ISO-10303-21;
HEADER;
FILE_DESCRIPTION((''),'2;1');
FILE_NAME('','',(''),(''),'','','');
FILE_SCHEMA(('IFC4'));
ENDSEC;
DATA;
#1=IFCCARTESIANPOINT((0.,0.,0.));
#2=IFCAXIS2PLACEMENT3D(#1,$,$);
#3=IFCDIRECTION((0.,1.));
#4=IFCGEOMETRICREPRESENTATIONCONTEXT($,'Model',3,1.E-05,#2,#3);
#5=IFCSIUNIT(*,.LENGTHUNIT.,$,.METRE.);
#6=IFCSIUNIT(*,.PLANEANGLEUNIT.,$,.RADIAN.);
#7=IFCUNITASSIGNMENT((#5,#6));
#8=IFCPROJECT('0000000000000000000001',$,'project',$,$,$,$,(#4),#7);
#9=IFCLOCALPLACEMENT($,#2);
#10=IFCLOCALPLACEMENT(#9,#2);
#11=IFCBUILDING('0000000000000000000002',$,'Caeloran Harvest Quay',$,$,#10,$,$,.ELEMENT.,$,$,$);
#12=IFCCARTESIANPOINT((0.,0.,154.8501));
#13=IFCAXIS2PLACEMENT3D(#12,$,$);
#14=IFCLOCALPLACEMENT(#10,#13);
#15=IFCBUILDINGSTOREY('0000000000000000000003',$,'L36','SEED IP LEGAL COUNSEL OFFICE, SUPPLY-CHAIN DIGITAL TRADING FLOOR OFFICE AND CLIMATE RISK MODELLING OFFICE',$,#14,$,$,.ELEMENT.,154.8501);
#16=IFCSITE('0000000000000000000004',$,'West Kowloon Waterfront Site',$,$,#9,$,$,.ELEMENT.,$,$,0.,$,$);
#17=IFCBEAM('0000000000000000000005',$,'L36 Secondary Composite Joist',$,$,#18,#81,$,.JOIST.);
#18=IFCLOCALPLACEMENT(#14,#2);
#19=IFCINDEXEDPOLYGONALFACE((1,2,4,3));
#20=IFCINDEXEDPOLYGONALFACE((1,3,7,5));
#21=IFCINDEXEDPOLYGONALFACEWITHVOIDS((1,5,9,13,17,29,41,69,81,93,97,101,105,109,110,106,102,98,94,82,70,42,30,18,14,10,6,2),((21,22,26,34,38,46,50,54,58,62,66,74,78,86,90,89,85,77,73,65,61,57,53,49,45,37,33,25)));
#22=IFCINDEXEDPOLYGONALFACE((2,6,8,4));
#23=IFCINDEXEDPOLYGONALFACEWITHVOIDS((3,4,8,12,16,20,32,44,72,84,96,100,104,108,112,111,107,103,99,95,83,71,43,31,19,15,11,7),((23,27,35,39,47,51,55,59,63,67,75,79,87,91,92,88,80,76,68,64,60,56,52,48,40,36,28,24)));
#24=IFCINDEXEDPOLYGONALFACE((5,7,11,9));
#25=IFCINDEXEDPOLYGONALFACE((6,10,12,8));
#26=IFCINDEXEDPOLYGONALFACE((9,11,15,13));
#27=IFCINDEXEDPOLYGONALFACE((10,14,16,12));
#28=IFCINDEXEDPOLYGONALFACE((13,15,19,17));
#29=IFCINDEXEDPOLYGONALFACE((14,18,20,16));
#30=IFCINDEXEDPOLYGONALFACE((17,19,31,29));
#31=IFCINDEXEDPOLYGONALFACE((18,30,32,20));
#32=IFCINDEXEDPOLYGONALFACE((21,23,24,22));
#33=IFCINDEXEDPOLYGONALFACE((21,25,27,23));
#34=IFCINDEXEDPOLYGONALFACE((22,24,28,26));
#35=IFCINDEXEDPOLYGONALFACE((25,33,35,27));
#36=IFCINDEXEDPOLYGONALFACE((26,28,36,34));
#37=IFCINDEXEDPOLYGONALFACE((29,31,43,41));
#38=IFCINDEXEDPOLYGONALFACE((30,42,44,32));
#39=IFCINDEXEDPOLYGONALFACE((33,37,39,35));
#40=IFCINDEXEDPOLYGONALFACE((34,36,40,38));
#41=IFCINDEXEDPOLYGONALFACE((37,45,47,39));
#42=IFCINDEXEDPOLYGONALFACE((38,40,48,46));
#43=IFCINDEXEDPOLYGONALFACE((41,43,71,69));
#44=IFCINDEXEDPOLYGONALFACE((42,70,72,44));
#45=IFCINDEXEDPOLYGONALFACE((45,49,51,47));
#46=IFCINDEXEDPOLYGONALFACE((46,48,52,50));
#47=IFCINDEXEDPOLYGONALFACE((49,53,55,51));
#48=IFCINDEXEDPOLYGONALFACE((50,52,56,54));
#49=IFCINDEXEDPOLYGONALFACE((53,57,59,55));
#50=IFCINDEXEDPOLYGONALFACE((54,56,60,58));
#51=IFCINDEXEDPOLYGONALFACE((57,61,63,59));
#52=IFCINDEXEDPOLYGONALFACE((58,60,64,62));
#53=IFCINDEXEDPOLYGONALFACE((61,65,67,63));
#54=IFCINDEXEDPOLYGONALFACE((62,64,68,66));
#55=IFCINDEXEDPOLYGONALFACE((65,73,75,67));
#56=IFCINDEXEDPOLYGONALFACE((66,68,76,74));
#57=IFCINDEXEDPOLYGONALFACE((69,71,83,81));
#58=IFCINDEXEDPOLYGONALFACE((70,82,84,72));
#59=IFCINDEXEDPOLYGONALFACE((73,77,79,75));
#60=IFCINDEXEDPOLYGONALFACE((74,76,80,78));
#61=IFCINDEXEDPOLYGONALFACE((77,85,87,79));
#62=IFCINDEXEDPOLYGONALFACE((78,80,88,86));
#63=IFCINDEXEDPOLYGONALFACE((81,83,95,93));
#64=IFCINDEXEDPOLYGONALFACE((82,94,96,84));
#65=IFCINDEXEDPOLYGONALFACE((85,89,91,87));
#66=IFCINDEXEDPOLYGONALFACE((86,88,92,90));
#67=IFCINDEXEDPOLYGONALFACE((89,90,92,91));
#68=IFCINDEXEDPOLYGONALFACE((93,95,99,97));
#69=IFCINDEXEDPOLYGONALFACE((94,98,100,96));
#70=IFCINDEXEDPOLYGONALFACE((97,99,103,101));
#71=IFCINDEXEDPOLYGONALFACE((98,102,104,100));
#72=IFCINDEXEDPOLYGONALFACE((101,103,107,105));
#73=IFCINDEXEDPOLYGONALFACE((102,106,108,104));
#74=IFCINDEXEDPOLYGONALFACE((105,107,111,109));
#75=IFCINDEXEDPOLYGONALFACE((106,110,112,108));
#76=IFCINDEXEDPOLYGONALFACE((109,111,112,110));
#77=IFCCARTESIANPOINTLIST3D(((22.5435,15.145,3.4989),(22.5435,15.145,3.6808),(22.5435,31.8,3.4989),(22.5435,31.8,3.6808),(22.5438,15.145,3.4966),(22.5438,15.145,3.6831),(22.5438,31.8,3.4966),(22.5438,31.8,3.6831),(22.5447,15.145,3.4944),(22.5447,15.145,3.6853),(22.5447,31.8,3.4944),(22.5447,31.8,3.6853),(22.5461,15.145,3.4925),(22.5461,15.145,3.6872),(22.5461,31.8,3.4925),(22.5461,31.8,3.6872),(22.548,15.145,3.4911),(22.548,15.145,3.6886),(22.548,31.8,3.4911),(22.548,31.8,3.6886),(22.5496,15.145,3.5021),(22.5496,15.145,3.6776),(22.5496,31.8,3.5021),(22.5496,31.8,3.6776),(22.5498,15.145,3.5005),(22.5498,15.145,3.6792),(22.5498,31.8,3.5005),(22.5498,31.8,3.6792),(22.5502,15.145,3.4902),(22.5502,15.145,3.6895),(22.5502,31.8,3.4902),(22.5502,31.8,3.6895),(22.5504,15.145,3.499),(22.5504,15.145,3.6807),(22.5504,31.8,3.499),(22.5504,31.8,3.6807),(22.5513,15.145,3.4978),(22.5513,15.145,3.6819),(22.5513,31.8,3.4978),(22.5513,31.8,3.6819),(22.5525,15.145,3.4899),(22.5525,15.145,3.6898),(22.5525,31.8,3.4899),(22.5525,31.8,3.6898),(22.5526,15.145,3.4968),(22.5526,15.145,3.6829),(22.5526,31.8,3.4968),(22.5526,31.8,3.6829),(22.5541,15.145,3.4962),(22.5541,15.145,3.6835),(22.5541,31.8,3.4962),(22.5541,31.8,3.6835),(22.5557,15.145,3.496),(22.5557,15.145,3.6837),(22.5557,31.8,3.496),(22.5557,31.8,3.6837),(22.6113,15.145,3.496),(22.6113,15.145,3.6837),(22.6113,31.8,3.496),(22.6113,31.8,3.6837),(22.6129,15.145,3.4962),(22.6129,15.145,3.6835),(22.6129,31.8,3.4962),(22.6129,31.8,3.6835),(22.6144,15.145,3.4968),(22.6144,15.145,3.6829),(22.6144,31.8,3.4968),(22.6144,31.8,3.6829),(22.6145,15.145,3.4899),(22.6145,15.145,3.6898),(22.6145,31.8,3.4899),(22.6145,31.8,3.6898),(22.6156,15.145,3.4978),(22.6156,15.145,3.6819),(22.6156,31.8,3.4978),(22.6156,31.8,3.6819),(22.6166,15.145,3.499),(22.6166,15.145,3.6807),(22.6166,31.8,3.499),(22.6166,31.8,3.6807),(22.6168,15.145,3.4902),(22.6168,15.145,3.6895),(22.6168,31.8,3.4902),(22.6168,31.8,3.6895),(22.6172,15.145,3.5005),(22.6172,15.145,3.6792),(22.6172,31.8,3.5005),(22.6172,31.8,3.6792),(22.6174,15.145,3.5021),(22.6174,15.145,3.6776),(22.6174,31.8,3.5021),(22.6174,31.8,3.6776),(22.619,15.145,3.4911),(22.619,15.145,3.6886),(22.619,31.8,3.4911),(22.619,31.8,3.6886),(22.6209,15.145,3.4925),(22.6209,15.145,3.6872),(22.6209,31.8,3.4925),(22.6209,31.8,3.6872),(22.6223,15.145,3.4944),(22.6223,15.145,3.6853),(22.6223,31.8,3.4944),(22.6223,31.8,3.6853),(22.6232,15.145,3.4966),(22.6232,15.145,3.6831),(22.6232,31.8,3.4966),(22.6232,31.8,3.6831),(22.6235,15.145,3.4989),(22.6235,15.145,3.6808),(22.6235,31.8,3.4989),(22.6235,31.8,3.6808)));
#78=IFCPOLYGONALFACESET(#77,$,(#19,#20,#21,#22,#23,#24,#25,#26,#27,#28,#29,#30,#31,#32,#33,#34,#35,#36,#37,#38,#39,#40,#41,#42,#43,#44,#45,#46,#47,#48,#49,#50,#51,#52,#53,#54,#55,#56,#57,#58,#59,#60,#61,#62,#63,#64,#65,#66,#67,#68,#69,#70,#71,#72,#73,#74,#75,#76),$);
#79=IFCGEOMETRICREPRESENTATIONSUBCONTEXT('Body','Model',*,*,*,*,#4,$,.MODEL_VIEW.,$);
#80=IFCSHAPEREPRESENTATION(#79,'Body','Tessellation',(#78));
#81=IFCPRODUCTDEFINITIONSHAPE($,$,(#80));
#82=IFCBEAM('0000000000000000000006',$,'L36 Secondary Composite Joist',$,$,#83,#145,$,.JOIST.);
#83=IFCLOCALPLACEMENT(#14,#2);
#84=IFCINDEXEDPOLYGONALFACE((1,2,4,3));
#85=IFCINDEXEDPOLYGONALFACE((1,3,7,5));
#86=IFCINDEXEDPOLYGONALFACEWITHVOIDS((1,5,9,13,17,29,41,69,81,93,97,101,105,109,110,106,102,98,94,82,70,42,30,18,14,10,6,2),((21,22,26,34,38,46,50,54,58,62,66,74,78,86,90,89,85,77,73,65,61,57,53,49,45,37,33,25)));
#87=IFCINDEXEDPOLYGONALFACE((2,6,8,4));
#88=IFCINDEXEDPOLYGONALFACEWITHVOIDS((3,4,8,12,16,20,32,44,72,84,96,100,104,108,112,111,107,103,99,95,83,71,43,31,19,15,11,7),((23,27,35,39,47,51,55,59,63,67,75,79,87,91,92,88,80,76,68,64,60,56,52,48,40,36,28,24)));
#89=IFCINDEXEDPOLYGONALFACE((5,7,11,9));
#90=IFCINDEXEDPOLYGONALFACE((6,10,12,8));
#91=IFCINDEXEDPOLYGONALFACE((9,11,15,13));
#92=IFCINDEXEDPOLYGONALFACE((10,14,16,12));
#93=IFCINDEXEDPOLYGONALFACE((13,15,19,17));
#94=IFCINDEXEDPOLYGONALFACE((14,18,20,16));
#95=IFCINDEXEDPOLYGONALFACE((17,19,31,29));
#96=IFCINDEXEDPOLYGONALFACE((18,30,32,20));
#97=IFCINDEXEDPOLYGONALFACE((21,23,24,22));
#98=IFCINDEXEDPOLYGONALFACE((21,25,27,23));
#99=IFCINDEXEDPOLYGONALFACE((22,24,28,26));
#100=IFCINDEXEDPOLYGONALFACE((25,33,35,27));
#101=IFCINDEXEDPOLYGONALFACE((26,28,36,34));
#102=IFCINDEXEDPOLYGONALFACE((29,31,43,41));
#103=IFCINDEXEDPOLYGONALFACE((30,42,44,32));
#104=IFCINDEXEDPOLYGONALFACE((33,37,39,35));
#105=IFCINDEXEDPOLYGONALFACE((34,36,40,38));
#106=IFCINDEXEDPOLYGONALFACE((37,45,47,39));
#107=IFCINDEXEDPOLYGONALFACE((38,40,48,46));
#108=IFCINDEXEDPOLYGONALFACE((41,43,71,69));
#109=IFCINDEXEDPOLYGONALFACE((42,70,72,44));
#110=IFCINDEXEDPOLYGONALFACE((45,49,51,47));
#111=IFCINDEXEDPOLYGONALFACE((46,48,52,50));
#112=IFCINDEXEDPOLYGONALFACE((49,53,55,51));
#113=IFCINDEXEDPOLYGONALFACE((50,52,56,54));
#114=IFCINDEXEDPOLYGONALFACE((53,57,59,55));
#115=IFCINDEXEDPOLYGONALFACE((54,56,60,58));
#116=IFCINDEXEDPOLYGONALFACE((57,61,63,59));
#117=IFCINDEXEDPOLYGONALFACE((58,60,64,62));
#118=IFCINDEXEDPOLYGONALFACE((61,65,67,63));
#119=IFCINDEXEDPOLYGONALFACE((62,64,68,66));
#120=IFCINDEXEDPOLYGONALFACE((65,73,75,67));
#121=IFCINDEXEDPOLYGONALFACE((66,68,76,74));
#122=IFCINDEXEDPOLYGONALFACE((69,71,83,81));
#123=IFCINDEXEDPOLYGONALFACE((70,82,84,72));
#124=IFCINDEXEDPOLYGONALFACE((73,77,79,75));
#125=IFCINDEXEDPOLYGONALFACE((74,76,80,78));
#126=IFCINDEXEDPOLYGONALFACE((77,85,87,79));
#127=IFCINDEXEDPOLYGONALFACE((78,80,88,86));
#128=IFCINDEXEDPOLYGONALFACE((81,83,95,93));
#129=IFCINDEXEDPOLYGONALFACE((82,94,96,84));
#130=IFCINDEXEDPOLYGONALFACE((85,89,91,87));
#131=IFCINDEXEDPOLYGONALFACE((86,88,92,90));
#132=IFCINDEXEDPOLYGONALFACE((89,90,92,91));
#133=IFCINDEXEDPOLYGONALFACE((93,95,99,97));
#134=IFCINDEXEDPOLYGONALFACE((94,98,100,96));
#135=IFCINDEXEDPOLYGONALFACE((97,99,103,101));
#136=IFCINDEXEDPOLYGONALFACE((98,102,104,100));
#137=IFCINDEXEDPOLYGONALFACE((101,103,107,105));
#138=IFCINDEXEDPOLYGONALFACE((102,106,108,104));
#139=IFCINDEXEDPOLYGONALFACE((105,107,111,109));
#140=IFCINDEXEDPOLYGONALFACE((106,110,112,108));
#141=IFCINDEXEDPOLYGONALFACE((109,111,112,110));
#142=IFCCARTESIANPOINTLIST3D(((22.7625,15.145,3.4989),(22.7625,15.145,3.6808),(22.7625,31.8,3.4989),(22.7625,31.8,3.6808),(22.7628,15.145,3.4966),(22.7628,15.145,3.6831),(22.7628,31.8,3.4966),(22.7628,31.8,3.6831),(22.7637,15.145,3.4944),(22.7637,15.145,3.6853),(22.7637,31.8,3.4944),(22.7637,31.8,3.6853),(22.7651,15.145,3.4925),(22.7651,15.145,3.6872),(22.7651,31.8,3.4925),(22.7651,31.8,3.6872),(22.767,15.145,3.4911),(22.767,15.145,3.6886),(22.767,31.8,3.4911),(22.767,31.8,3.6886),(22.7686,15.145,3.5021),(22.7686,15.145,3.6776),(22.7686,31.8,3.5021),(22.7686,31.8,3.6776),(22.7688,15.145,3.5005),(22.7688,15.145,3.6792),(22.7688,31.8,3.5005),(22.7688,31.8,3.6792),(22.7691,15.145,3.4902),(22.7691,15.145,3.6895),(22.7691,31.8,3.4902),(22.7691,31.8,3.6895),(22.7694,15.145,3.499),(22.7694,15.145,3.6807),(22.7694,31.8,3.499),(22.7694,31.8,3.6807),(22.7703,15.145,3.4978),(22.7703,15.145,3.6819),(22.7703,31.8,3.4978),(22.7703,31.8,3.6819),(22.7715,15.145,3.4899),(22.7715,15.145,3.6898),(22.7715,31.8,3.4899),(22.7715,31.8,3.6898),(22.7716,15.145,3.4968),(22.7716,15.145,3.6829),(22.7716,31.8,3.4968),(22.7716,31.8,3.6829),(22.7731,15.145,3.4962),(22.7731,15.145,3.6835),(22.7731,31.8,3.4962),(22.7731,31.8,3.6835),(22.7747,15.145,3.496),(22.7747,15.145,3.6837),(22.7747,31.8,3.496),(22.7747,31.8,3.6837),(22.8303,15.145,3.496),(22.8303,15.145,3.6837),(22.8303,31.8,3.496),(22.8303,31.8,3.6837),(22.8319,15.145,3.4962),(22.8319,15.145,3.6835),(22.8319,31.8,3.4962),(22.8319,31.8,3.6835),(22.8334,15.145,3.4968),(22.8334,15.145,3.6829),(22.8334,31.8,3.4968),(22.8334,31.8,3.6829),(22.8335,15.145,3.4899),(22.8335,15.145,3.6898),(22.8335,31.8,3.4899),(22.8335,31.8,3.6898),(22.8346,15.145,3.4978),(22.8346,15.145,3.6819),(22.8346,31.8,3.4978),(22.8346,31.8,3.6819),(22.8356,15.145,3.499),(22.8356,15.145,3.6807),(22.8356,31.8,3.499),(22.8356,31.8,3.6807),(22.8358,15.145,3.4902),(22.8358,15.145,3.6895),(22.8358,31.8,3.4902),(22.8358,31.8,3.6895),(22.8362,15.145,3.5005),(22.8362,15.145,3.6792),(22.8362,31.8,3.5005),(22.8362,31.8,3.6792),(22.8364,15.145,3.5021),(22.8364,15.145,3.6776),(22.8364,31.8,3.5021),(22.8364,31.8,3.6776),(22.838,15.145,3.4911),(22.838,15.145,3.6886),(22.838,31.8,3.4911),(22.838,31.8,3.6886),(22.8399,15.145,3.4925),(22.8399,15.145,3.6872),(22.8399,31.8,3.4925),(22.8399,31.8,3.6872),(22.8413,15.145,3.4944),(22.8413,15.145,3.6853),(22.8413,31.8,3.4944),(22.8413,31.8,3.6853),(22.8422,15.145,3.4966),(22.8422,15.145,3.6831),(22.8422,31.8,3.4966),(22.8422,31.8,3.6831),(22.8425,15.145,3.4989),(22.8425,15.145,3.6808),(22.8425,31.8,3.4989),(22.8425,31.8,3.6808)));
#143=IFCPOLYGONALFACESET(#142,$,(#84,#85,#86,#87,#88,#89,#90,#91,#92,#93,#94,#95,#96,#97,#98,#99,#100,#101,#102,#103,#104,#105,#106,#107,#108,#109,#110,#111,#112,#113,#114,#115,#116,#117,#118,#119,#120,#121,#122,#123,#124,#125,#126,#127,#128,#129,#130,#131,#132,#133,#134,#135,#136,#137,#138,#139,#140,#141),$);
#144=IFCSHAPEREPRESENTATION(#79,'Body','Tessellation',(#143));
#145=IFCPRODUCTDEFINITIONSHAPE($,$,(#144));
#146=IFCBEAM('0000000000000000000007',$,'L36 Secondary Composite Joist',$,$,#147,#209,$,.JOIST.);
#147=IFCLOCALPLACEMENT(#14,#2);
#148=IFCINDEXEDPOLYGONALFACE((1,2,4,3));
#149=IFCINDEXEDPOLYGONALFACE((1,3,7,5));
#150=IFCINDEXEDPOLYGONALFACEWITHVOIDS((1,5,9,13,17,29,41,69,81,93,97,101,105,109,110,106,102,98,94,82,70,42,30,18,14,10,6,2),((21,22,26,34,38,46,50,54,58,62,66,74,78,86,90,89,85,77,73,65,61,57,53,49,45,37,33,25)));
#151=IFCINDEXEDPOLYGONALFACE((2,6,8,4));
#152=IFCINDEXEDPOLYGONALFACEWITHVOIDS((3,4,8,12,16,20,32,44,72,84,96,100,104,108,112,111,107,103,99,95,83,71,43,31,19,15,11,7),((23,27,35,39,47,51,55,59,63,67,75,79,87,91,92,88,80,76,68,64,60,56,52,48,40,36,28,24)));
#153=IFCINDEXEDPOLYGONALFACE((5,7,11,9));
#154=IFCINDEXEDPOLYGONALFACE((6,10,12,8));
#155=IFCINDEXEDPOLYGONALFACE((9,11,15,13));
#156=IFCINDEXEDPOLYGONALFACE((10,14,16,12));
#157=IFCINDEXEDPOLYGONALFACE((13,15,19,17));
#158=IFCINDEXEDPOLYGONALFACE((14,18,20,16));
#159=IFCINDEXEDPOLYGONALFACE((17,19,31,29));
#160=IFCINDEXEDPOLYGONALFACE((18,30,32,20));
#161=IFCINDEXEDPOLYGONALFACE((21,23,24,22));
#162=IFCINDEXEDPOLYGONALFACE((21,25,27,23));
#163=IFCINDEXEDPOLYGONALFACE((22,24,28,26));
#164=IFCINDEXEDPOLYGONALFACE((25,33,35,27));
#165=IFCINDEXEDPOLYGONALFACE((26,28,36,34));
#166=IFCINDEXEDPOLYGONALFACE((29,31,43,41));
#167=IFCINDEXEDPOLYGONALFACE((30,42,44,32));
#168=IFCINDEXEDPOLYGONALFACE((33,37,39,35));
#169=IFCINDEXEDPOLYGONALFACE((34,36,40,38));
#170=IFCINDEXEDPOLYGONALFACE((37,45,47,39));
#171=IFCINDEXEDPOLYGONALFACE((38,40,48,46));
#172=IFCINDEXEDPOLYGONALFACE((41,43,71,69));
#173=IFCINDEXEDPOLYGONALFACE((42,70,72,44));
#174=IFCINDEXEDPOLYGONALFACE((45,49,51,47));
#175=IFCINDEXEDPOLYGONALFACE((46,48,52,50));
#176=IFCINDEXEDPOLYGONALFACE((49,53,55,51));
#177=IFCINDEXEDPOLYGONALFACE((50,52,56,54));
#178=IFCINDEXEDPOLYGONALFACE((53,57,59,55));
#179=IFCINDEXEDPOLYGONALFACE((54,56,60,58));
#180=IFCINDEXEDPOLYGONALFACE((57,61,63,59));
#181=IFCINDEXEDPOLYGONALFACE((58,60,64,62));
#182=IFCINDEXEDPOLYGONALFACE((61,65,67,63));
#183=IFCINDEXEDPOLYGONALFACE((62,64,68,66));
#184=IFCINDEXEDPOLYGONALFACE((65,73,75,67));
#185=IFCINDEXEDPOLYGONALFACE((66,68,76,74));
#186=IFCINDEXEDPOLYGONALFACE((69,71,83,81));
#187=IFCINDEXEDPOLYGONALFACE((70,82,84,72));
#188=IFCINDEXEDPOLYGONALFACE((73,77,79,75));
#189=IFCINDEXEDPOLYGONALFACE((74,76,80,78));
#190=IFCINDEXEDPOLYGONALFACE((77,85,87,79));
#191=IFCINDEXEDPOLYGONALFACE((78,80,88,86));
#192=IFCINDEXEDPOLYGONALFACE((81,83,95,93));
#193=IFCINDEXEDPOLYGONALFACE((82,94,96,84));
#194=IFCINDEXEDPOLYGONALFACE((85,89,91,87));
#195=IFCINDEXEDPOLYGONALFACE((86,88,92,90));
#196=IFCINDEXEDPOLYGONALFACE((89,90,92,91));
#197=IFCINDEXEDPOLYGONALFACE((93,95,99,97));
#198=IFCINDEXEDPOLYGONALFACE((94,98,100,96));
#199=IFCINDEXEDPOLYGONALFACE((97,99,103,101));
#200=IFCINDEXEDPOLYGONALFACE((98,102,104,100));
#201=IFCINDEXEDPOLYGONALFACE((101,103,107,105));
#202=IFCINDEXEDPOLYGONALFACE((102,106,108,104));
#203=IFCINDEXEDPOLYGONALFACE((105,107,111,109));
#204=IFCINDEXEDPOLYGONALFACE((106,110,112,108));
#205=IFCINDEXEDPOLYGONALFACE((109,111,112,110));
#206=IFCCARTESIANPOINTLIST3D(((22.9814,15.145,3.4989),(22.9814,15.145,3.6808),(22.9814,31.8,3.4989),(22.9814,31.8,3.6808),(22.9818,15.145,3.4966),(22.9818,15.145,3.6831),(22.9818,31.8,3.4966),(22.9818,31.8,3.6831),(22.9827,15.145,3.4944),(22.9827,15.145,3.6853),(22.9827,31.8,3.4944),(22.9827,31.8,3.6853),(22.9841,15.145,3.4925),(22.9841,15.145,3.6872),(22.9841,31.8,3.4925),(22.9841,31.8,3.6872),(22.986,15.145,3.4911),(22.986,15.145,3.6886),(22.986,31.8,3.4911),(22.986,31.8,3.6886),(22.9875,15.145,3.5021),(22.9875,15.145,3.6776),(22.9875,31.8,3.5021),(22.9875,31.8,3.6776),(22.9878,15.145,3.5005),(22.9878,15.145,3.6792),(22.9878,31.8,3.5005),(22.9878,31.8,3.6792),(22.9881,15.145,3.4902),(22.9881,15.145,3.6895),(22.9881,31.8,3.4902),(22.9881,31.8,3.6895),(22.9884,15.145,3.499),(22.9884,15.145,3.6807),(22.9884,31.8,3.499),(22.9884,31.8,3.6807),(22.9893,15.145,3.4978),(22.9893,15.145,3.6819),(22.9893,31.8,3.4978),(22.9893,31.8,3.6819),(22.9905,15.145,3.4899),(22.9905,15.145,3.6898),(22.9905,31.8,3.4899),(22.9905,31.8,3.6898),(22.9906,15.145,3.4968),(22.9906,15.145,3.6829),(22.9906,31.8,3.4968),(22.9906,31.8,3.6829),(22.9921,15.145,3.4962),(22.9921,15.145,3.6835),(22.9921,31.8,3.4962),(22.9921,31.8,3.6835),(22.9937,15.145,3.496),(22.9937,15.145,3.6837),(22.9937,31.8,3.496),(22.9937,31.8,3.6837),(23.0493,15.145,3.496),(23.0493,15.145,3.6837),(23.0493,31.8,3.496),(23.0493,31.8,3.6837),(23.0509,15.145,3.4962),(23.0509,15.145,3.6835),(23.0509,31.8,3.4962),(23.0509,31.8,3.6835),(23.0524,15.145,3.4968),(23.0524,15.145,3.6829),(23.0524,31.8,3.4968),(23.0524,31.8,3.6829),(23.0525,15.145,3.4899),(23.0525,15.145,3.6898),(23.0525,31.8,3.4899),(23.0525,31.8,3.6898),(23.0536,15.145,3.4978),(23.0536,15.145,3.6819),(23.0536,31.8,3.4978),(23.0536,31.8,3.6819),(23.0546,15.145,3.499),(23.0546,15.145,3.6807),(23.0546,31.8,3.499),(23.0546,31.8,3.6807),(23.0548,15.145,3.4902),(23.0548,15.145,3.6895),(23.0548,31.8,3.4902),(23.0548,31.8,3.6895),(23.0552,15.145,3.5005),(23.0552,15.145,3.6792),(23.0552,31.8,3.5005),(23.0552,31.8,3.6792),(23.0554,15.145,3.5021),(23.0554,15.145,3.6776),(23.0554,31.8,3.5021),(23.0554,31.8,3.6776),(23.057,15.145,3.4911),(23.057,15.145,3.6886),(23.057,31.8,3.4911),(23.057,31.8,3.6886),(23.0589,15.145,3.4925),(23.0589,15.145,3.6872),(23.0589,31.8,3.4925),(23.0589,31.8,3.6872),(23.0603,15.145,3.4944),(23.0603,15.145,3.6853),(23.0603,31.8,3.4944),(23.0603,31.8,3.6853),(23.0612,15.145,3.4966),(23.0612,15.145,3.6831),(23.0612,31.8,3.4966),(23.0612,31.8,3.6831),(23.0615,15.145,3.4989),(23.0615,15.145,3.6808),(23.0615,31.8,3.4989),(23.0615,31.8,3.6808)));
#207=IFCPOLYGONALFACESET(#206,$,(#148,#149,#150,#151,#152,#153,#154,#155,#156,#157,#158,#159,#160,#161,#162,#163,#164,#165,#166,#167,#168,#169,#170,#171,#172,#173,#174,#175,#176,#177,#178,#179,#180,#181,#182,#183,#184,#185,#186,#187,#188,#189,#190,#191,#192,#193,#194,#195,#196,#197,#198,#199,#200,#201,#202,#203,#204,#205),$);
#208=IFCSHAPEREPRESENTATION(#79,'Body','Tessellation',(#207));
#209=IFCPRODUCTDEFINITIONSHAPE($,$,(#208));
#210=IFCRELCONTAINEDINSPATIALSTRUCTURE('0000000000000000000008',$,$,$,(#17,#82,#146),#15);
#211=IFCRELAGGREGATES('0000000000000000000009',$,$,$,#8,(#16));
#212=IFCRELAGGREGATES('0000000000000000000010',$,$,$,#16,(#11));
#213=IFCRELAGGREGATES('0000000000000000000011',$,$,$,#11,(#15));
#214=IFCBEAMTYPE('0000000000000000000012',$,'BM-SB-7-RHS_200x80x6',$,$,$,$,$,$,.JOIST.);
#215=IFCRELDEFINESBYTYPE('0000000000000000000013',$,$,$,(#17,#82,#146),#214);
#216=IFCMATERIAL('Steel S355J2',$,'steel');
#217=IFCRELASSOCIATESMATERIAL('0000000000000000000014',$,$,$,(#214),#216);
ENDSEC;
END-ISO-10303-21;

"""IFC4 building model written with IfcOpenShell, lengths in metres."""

from ifc_helpers import new_model, si_unit, direction, frame, origin, origin_2d, place, context, subcontext, project, spatial, hollow_rectangle, extrude, material, material_profile, profile_set, type_object, element, save


model = new_model("IFC4")

# Units and contexts
model_context = context("Model", 3, precision=1e-05, world=origin(), true_north=direction((0.0, 1.0)))
body_context = subcontext(model_context, "Body", "Model", "MODEL_VIEW")
ifc_project = project(units=[si_unit("LENGTHUNIT", "METRE"), si_unit("PLANEANGLEUNIT", "RADIAN")], contexts=[model_context])

# Site, building, storey
site_placement = place(None, origin())
site = spatial("IfcSite", under=ifc_project, at=site_placement, Name="West Kowloon Waterfront Site", CompositionType="ELEMENT", RefElevation=0.0)
building_placement = place(site_placement, origin())
building = spatial("IfcBuilding", under=site, at=building_placement, Name="Caeloran Harvest Quay", CompositionType="ELEMENT")
storey_placement = place(building_placement, frame((0.0, 0.0, 154.8501)))
storey = spatial("IfcBuildingStorey", under=building, at=storey_placement, Name="L36", Description="SEED IP LEGAL COUNSEL OFFICE, SUPPLY-CHAIN DIGITAL TRADING FLOOR OFFICE AND CLIMATE RISK MODELLING OFFICE", CompositionType="ELEMENT", Elevation=154.8501)

# Beams
ifc_material_1 = material(Name="Steel S355J2", Category="steel")
ifc_material_profile_1 = material_profile(ifc_material_1, hollow_rectangle(XDim=0.0801, YDim=0.2, WallThickness=0.0061, InnerFilletRadius=0.0061, OuterFilletRadius=0.009, at=origin_2d()), Name="RHS 200x80x6")
ifc_profile_set_1 = profile_set([ifc_material_profile_1], Name="Steel S355J2")
beam_type_1 = type_object("IfcBeamType", Name="BM-SB-7-RHS_200x80x6", PredefinedType="JOIST", material=ifc_profile_set_1)
for number, where, z_axis, x_axis, name in (
    (1, (22.5835, 15.145, 3.5898), (0.0, 1.0, 0.0), (-1.0, 0.0, 0.0), "L36 Secondary Composite Joist"),
    (2, (22.8025, 15.145, 3.5898), (0.0, 1.0, 0.0), (-1.0, 0.0, 0.0), "L36 Secondary Composite Joist"),
    (3, (23.0215, 15.145, 3.5898), (0.0, 1.0, 0.0), (-1.0, 0.0, 0.0), "L36 Secondary Composite Joist"),
):
    element("IfcBeam", number, at=place(storey_placement, frame(where, z_axis=z_axis, x_axis=x_axis)), inside=storey, type_object=beam_type_1, Name=name, PredefinedType="JOIST", context=body_context, shape_type="SweptSolid", body=[
        extrude(hollow_rectangle(XDim=0.0801, YDim=0.2, WallThickness=0.0061, InnerFilletRadius=0.0061, OuterFilletRadius=0.009, at=origin_2d()), origin(), (0.0, 0.0, 1.0), 16.655),
    ])

save(model, "model.ifc")
